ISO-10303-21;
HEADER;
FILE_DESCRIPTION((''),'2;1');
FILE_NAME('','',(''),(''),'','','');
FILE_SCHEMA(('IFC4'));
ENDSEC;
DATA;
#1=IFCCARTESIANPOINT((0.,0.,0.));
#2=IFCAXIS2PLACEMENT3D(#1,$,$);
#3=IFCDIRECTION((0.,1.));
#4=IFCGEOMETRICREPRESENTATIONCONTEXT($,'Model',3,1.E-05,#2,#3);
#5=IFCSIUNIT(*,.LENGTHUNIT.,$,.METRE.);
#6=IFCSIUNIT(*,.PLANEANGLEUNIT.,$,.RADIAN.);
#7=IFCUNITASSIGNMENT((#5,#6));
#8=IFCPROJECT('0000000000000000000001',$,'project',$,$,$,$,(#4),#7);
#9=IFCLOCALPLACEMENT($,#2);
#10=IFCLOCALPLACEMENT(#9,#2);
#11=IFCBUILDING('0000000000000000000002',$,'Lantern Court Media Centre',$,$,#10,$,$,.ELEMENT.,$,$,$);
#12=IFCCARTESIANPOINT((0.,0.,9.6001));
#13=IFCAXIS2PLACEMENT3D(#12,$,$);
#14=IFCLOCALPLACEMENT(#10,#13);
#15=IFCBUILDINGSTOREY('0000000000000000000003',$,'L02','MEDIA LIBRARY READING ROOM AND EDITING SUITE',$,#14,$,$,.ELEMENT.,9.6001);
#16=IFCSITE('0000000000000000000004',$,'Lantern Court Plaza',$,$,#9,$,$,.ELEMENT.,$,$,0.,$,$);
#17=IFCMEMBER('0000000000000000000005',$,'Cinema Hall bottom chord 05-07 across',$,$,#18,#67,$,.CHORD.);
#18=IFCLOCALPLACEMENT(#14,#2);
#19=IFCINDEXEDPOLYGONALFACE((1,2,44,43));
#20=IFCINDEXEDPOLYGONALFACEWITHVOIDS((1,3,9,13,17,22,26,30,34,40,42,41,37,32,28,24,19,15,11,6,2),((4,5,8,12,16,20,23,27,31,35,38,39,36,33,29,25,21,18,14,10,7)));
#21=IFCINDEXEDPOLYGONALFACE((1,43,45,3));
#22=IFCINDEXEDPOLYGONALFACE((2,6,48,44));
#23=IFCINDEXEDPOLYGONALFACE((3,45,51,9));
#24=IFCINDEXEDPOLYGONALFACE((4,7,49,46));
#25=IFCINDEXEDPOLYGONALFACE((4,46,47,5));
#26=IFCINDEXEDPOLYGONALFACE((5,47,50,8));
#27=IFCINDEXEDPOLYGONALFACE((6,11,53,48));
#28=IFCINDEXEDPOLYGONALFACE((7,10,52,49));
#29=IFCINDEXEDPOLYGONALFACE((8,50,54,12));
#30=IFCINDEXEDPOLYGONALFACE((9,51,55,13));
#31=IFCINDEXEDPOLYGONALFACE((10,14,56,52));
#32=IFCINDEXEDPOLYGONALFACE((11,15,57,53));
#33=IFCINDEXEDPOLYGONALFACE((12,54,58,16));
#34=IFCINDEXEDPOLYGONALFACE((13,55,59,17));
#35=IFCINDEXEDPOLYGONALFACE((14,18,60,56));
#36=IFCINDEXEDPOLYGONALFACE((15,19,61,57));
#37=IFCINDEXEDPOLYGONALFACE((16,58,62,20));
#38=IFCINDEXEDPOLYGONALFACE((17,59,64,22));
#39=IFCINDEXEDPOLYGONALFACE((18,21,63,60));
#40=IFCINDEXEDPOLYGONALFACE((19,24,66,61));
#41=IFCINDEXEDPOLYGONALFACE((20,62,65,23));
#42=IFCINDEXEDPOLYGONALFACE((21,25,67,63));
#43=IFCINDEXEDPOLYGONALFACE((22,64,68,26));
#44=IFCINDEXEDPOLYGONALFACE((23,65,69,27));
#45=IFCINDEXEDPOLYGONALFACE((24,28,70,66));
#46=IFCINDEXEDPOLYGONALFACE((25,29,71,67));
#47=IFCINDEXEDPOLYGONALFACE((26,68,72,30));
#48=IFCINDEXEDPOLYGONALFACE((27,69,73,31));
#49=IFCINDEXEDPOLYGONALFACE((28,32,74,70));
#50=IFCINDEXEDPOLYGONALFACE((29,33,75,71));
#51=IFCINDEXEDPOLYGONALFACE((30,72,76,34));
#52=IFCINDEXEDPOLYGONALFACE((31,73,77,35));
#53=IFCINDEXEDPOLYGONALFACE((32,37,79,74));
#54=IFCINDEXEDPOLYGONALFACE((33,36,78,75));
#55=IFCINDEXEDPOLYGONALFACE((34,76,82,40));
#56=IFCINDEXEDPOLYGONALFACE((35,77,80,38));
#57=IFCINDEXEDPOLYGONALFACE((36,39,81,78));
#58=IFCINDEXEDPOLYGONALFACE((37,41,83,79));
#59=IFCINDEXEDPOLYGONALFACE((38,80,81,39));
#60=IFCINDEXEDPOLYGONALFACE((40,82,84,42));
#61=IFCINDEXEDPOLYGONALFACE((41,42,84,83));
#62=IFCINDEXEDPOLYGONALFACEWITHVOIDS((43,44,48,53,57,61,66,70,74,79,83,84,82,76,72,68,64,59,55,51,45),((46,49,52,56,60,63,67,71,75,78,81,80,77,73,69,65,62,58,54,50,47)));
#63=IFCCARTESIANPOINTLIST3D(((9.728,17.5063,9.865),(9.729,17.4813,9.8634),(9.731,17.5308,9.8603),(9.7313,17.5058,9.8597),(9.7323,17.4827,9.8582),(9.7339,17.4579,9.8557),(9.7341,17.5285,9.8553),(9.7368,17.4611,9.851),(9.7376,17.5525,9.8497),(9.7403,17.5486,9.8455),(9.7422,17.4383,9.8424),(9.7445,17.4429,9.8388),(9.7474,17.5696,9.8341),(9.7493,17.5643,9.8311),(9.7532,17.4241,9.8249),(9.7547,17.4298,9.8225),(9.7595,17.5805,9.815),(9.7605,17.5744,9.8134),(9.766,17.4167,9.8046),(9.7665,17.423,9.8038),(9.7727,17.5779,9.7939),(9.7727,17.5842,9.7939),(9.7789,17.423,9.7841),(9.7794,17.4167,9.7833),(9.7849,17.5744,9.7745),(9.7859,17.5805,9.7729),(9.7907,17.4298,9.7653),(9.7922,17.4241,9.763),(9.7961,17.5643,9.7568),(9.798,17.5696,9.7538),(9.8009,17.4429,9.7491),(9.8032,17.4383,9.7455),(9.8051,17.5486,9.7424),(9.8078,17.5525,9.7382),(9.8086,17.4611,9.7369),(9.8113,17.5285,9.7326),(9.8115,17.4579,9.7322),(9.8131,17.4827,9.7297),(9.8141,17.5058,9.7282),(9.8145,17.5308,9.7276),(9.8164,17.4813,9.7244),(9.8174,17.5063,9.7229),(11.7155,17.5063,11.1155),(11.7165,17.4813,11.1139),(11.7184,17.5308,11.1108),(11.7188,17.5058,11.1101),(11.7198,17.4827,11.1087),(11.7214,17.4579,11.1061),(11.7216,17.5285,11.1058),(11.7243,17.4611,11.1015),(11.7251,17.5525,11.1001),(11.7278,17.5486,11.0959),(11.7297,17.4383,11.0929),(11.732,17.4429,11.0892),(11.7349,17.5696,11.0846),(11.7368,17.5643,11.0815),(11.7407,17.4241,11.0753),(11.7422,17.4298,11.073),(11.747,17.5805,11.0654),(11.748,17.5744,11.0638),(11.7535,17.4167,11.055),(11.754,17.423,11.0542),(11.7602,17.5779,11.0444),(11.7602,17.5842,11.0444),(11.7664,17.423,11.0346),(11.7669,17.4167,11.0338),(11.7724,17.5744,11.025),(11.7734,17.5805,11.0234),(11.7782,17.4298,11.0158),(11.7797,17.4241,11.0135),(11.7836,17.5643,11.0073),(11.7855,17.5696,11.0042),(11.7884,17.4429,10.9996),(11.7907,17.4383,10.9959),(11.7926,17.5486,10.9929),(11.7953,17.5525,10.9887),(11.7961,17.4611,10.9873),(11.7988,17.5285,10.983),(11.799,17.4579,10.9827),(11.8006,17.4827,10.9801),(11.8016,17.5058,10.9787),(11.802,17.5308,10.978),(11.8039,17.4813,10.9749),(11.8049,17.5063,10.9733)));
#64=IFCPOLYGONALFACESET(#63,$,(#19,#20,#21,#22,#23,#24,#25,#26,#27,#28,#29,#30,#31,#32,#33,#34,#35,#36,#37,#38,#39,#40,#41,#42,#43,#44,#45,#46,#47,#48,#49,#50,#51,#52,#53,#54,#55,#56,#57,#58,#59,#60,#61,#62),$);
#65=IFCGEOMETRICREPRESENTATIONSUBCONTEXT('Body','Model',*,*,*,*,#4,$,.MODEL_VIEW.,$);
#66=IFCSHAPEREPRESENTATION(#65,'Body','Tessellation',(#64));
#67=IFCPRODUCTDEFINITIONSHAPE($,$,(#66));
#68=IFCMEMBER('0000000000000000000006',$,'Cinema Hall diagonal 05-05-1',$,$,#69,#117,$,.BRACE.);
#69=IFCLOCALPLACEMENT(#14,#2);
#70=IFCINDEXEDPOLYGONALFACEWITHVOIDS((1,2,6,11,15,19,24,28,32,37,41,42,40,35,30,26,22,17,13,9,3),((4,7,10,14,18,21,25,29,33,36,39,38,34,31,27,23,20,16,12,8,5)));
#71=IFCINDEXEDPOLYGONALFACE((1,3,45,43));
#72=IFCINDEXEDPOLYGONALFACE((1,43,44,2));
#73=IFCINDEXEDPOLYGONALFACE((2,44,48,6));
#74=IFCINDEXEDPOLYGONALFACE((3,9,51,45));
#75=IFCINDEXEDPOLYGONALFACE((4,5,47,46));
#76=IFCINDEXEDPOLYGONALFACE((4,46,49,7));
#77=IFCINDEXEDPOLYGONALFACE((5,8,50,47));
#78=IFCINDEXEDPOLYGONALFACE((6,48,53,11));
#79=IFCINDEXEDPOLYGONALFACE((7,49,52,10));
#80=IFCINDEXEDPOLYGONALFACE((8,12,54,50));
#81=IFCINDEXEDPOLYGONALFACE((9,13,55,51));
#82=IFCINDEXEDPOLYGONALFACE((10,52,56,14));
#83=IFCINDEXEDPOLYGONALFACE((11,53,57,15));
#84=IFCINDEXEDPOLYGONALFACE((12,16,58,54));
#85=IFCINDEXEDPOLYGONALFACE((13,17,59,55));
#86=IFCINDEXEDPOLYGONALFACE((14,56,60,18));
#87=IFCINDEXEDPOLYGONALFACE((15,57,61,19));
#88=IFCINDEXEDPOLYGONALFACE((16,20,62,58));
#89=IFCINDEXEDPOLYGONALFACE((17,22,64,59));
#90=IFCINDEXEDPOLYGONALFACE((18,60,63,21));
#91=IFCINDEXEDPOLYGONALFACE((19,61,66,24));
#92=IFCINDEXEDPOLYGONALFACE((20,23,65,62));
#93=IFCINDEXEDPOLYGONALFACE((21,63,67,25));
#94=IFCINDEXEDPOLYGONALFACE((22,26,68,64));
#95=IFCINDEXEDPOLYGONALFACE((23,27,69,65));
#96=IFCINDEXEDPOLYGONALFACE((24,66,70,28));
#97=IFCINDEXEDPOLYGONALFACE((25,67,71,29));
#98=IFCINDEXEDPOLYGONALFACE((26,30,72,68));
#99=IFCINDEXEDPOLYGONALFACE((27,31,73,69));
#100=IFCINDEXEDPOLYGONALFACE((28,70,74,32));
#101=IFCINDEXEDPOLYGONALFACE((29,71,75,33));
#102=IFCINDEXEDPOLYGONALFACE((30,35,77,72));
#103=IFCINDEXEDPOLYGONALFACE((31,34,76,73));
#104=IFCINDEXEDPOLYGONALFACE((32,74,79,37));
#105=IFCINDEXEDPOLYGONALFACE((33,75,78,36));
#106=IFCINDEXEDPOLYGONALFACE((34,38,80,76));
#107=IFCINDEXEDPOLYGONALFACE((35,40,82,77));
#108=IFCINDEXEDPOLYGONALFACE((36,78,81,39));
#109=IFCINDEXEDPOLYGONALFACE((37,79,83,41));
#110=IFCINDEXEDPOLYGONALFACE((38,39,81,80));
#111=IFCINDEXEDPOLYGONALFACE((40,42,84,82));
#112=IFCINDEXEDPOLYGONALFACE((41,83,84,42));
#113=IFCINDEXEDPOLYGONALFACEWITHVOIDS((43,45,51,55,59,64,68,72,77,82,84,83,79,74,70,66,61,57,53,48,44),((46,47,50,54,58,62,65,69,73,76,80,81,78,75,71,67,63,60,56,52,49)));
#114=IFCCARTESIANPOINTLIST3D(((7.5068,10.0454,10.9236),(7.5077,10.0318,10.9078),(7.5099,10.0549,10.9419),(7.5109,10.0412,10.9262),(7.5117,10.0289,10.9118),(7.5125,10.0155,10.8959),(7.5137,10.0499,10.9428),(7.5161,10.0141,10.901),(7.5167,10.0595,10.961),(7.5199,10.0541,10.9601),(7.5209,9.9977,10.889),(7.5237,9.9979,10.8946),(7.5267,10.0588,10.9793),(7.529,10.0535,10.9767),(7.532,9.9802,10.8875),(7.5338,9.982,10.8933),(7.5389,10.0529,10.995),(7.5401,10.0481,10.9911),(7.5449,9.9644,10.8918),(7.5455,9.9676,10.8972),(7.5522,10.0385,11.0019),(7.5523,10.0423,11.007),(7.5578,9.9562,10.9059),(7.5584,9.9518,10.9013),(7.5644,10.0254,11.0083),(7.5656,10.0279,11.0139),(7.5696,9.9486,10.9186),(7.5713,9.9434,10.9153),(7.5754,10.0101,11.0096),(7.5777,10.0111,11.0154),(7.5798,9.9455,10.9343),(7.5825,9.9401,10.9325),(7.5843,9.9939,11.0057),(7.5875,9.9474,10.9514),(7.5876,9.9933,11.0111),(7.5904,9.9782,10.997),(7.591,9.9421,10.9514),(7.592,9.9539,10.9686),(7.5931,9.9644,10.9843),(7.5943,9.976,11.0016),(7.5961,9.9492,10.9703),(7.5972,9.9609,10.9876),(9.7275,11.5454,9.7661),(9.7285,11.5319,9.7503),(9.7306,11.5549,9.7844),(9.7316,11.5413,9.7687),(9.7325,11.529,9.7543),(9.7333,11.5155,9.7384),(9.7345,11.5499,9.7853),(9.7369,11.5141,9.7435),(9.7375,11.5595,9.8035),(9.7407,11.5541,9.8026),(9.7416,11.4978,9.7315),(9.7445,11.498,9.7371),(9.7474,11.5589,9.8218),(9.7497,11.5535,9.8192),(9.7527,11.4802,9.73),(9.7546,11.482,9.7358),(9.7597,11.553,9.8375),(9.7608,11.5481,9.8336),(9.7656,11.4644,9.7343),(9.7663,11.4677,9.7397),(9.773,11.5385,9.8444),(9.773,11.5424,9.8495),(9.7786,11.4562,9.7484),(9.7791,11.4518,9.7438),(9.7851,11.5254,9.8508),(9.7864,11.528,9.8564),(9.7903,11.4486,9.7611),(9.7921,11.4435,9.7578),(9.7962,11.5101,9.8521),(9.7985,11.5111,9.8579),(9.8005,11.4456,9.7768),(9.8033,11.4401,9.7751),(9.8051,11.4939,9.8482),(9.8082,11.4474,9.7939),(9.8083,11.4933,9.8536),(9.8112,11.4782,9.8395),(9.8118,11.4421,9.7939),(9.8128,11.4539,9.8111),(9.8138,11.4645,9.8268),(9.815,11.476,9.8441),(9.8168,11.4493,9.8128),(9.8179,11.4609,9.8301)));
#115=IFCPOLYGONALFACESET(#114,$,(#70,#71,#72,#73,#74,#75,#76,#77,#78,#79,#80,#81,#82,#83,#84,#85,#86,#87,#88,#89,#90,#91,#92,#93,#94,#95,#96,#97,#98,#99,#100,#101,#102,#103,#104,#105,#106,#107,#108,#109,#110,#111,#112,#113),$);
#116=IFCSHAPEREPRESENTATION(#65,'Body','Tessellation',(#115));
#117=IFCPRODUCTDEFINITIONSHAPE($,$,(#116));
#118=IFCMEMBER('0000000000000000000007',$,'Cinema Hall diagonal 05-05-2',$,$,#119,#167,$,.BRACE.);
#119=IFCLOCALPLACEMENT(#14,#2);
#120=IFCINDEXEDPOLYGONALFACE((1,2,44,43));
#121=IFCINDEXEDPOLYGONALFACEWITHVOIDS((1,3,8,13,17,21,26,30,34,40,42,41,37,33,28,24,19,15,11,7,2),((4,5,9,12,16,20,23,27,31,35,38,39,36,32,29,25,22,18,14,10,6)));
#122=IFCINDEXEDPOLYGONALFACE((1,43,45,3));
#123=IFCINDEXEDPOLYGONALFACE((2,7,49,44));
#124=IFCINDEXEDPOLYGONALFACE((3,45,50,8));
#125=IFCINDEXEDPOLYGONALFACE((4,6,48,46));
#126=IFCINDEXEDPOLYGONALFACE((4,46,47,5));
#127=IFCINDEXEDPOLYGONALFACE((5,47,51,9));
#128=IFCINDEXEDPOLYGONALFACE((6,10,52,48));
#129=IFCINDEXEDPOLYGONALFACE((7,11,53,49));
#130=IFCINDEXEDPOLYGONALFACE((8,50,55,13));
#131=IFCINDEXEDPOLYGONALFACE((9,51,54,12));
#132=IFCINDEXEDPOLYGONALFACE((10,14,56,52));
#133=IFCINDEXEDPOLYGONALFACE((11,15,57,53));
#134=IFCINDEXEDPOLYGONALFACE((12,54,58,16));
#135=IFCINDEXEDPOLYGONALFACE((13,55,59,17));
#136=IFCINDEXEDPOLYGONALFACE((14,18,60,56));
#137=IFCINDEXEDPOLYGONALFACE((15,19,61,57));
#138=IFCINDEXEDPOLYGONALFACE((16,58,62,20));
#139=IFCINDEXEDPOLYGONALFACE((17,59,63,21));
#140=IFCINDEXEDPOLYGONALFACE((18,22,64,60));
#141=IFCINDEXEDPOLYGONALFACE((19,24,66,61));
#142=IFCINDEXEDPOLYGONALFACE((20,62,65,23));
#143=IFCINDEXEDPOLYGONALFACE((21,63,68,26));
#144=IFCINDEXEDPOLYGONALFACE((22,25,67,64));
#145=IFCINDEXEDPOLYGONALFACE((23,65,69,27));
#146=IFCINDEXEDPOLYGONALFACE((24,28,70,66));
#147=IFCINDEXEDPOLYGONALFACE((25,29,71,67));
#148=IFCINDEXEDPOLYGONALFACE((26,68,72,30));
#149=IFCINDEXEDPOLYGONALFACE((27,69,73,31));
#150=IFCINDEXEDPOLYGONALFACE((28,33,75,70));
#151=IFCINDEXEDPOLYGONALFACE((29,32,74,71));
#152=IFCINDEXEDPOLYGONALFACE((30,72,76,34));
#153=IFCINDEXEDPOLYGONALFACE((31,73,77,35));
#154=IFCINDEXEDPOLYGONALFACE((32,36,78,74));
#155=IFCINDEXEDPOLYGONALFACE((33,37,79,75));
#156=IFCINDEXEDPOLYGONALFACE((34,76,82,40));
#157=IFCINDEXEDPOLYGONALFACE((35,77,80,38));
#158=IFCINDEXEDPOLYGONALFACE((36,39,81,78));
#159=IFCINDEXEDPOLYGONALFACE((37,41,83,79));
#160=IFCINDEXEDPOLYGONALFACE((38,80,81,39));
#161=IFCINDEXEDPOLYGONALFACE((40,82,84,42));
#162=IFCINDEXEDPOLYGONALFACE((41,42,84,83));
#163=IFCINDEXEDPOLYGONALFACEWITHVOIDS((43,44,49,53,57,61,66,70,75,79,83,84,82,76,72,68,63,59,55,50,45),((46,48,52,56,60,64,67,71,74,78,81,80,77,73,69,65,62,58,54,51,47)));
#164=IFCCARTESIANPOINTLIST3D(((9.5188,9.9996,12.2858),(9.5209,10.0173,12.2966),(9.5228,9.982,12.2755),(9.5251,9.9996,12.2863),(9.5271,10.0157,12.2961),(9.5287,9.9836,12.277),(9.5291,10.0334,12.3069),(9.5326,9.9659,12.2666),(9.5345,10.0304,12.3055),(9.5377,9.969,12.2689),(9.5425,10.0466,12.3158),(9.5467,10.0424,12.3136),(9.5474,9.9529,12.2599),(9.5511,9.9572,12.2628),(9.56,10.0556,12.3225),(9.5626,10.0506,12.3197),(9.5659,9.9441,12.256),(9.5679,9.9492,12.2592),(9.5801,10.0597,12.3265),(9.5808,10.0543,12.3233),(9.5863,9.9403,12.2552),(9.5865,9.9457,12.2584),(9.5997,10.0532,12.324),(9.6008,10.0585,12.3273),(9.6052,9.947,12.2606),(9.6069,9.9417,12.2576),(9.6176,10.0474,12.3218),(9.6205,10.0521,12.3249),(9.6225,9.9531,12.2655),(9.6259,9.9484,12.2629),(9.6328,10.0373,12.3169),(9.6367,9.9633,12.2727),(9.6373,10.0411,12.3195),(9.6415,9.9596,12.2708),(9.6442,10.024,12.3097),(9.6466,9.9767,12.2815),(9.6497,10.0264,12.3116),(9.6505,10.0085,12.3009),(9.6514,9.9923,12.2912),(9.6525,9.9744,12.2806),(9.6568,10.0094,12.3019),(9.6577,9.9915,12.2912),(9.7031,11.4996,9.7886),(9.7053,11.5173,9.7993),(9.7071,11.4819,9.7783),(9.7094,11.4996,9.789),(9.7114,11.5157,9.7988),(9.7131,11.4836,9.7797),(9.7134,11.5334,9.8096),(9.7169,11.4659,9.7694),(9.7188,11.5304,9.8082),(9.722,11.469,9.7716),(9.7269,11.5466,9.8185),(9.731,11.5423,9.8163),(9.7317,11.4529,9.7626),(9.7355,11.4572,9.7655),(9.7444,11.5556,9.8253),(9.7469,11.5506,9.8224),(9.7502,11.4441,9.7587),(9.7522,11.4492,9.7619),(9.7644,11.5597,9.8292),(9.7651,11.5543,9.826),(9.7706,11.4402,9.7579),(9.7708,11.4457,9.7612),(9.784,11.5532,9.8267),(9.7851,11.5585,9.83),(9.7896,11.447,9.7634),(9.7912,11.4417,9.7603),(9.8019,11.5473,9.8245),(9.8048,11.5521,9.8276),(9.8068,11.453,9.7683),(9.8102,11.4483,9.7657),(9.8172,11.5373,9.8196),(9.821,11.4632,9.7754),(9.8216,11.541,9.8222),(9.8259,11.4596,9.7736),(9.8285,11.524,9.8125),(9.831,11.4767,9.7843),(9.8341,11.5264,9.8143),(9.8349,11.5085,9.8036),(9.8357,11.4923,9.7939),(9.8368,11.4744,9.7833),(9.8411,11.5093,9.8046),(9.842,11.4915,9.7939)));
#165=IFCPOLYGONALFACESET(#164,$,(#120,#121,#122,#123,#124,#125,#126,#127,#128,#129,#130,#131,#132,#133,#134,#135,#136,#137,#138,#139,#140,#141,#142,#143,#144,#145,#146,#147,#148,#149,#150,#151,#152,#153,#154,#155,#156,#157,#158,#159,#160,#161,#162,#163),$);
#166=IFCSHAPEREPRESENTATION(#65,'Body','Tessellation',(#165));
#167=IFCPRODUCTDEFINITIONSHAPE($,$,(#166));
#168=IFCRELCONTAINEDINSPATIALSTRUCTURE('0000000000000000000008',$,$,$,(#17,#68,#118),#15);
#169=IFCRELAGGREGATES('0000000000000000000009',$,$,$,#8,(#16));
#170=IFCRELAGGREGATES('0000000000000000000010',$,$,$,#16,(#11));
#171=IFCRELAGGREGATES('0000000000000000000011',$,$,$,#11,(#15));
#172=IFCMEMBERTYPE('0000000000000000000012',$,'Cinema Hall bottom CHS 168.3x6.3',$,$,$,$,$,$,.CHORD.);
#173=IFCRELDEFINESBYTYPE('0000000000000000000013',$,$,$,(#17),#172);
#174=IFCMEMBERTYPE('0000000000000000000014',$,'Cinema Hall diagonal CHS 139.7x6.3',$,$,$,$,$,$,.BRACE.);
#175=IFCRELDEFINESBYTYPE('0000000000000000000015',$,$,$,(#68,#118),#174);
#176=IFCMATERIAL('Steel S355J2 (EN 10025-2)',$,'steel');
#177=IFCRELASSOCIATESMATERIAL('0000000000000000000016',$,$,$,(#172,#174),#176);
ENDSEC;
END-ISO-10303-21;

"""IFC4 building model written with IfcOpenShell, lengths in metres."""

from ifc_helpers import new_model, si_unit, direction, frame, origin, origin_2d, place, context, subcontext, project, spatial, hollow_circle, extrude, material, material_profile, profile_set, type_object, element, save


model = new_model("IFC4")

# Units and contexts
model_context = context("Model", 3, precision=1e-05, world=origin(), true_north=direction((0.0, 1.0)))
body_context = subcontext(model_context, "Body", "Model", "MODEL_VIEW")
ifc_project = project(units=[si_unit("LENGTHUNIT", "METRE"), si_unit("PLANEANGLEUNIT", "RADIAN")], contexts=[model_context])

# Site, building, storey
site_placement = place(None, origin())
site = spatial("IfcSite", under=ifc_project, at=site_placement, Name="Lantern Court Plaza", CompositionType="ELEMENT", RefElevation=0.0)
building_placement = place(site_placement, origin())
building = spatial("IfcBuilding", under=site, at=building_placement, Name="Lantern Court Media Centre", CompositionType="ELEMENT")
storey_placement = place(building_placement, frame((0.0, 0.0, 9.6001)))
storey = spatial("IfcBuildingStorey", under=building, at=storey_placement, Name="L02", Description="MEDIA LIBRARY READING ROOM AND EDITING SUITE", CompositionType="ELEMENT", Elevation=9.6001)

# Members
ifc_material = material(Name="Steel S355J2 (EN 10025-2)", Category="steel")
ifc_material_profile_1 = material_profile(ifc_material, hollow_circle(Radius=0.0842, WallThickness=0.0063, at=origin_2d()), Name="Cinema Hall bottom CHS 168.3x6.3")
ifc_profile_set_1 = profile_set([ifc_material_profile_1], Name="Steel S355J2 (EN 10025-2)")
member_type_1 = type_object("IfcMemberType", Name="Cinema Hall bottom CHS 168.3x6.3", PredefinedType="CHORD", material=ifc_profile_set_1)
for number, where, z_axis, x_axis, name in (
    (1, (9.7727, 17.5, 9.7939), (0.846412, 0.0, 0.532529), (0.0, 1.0, 0.0), "Cinema Hall bottom chord 05-07 across"),
):
    element("IfcMember", number, at=place(storey_placement, frame(where, z_axis=z_axis, x_axis=x_axis)), inside=storey, type_object=member_type_1, Name=name, PredefinedType="CHORD", context=body_context, shape_type="SweptSolid", body=[
        extrude(hollow_circle(Radius=0.0842, WallThickness=0.0063, at=origin_2d()), origin(), (0.0, 0.0, 1.0), 2.3481),
    ])
ifc_material_profile_2 = material_profile(ifc_material, hollow_circle(Radius=0.0698, WallThickness=0.0063, at=origin_2d()), Name="Cinema Hall diagonal CHS 139.7x6.3")
ifc_profile_set_2 = profile_set([ifc_material_profile_2], Name="Steel S355J2 (EN 10025-2)")
member_type_2 = type_object("IfcMemberType", Name="Cinema Hall diagonal CHS 139.7x6.3", PredefinedType="BRACE", material=ifc_profile_set_2)
member_1_placement = place(storey_placement, frame((9.7727, 11.5, 9.7939), z_axis=(-0.760744, -0.513854, 0.396514), x_axis=(0.559736, -0.828671, 0.0)))
element("IfcMember", 2, at=member_1_placement, inside=storey, type_object=member_type_2, Name="Cinema Hall diagonal 05-05-1", PredefinedType="BRACE", context=body_context, shape_type="SweptSolid", body=[
    extrude(hollow_circle(Radius=0.0698, WallThickness=0.0063, at=origin_2d()), origin(), (0.0, 0.0, 1.0), 2.9192),
])
for number, where, z_axis, x_axis, name in (
    (3, (9.7727, 11.5, 9.7939), (-0.063147, -0.513875, 0.855538), (0.992534, -0.121967, 0.0), "Cinema Hall diagonal 05-05-2"),
):
    element("IfcMember", number, at=place(storey_placement, frame(where, z_axis=z_axis, x_axis=x_axis)), inside=storey, type_object=member_type_2, Name=name, PredefinedType="BRACE", context=body_context, shape_type="SweptSolid", body=[
        extrude(hollow_circle(Radius=0.0698, WallThickness=0.0063, at=origin_2d()), origin(), (0.0, 0.0, 1.0), 2.9189),
    ])

save(model, "model.ifc")
